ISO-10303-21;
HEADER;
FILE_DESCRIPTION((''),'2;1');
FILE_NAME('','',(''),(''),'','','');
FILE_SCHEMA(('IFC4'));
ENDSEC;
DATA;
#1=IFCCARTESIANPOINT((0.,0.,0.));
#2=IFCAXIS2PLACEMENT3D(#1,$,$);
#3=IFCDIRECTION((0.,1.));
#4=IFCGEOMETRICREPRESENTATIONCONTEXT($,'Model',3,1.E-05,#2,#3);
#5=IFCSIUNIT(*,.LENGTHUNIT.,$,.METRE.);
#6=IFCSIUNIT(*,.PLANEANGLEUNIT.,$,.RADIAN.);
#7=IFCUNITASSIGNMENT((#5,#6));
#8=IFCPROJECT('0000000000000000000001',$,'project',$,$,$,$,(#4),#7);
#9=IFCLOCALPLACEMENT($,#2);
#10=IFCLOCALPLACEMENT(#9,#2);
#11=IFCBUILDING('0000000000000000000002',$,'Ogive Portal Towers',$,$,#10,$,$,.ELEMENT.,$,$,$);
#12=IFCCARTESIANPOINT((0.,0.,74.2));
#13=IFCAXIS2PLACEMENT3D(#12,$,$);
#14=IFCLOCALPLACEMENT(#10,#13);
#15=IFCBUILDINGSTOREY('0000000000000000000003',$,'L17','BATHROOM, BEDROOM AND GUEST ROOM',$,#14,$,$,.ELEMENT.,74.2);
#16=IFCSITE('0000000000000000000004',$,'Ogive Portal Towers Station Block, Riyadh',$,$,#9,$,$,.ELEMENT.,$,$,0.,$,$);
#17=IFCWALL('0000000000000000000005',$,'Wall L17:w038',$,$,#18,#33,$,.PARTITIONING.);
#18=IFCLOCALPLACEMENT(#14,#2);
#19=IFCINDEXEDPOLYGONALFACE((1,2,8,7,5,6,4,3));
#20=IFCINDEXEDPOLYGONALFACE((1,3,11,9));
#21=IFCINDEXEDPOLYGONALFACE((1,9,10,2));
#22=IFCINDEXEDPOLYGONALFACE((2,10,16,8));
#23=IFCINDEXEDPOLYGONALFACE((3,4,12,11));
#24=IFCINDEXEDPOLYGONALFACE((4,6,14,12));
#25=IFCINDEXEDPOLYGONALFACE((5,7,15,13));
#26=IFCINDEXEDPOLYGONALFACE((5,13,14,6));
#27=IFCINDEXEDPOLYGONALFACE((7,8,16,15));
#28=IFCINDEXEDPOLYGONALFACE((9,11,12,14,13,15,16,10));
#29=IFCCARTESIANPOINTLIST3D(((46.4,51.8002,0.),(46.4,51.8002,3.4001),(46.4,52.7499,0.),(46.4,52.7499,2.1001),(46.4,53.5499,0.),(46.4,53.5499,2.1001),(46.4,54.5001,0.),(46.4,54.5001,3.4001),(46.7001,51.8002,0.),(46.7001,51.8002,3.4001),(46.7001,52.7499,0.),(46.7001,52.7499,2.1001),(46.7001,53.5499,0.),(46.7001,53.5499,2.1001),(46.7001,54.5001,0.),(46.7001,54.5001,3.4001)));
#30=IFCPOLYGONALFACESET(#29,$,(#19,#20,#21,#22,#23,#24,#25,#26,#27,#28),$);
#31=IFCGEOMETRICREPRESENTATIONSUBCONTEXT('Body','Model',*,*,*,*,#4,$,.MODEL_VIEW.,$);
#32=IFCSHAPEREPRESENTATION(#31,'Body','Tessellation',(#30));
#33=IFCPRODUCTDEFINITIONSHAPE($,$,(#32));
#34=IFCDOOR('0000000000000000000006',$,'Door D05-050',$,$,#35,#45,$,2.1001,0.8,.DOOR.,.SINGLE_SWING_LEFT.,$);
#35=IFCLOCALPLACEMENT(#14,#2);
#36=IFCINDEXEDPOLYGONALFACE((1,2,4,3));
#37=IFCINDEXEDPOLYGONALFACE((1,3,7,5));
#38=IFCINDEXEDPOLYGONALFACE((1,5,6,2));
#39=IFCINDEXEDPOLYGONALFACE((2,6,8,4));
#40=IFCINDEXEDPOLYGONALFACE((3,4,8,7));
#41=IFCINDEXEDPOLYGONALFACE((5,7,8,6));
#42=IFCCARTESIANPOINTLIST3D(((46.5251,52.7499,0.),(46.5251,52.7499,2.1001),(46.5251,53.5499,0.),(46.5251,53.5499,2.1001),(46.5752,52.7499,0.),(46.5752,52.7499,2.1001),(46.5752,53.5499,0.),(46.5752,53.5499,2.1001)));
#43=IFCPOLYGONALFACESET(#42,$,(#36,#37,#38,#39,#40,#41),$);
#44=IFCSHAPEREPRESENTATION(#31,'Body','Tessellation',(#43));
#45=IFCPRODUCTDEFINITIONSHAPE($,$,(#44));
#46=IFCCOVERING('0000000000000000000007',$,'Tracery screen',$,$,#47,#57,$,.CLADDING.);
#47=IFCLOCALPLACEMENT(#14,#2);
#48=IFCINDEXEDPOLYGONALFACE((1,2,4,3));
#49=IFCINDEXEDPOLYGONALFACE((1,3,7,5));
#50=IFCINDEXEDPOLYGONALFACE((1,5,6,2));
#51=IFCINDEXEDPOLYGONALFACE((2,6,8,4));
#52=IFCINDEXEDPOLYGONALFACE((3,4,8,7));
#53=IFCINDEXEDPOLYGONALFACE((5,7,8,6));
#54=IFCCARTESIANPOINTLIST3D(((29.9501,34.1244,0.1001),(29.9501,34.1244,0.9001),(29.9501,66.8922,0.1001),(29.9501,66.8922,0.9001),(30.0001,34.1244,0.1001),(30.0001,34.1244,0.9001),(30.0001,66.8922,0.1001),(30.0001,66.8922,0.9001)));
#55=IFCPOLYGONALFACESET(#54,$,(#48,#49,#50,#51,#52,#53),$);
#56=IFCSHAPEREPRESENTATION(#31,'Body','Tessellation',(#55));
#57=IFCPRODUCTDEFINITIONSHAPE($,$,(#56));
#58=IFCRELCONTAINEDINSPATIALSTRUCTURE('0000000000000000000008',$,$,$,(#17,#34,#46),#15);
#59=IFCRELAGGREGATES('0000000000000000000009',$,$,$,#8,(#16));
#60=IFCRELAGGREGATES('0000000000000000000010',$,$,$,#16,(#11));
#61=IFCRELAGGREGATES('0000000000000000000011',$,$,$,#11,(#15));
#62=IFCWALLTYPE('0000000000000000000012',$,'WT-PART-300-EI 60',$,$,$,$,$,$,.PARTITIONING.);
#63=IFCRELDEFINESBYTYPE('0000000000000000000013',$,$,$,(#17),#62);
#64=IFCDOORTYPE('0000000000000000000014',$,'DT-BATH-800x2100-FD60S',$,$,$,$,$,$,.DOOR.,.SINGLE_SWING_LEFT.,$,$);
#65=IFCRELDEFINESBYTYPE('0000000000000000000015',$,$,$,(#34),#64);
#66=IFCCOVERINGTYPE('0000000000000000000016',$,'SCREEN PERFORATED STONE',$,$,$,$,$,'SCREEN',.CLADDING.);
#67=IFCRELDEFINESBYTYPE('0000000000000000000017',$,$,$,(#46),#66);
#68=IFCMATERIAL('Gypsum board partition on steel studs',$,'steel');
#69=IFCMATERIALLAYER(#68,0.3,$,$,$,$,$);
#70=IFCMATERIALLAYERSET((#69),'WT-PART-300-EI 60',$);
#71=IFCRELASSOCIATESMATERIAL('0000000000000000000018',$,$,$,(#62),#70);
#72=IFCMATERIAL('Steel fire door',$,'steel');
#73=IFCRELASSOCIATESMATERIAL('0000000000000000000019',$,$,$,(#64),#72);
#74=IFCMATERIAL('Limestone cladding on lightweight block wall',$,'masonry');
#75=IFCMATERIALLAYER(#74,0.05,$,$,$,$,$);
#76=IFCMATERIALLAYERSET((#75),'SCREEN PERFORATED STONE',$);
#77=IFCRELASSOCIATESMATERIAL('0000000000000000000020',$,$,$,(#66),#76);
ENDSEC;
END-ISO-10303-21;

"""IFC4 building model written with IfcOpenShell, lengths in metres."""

from ifc_helpers import new_model, si_unit, direction, frame, frame_2d, origin, origin_2d, place, context, subcontext, project, spatial, rectangle, extrude, material, layer, layer_set, type_object, element, fill, save


model = new_model("IFC4")

# Units and contexts
model_context = context("Model", 3, precision=1e-05, world=origin(), true_north=direction((0.0, 1.0)))
body_context = subcontext(model_context, "Body", "Model", "MODEL_VIEW")
ifc_project = project(units=[si_unit("LENGTHUNIT", "METRE"), si_unit("PLANEANGLEUNIT", "RADIAN")], contexts=[model_context])

# Site, building, storey
site_placement = place(None, origin())
site = spatial("IfcSite", under=ifc_project, at=site_placement, Name="Ogive Portal Towers Station Block, Riyadh", CompositionType="ELEMENT", RefElevation=0.0)
building_placement = place(site_placement, origin())
building = spatial("IfcBuilding", under=site, at=building_placement, Name="Ogive Portal Towers", CompositionType="ELEMENT")
storey_placement = place(building_placement, frame((0.0, 0.0, 74.2)))
storey = spatial("IfcBuildingStorey", under=building, at=storey_placement, Name="L17", Description="BATHROOM, BEDROOM AND GUEST ROOM", CompositionType="ELEMENT", Elevation=74.2)

# Shared definitions
ifc_material_1 = material(Name="Gypsum board partition on steel studs", Category="steel")
ifc_layer_1 = layer(ifc_material_1, 0.3)
ifc_layer_set_1 = layer_set([ifc_layer_1], Name="WT-PART-300-EI 60")
wall_type = type_object("IfcWallType", Name="WT-PART-300-EI 60", PredefinedType="PARTITIONING", material=ifc_layer_set_1)

# Wall, opening, door
ifc_material_2 = material(Name="Steel fire door", Category="steel")
door_type = type_object("IfcDoorType", Name="DT-BATH-800x2100-FD60S", OperationType="SINGLE_SWING_LEFT", PredefinedType="DOOR", material=ifc_material_2)
wall_1_placement = place(storey_placement, frame((46.55, 51.8, 0.0), z_axis=(0.0, 0.0, 1.0), x_axis=(0.0, 1.0, 0.0)))
wall_1 = element("IfcWall", 1, at=wall_1_placement, inside=storey, type_object=wall_type, Name="Wall L17:w038", PredefinedType="PARTITIONING", context=body_context, shape_type="SweptSolid", body=[
    extrude(rectangle(XDim=2.7, YDim=0.3, at=frame_2d((1.3501, 0.0))), origin(), (0.0, 0.0, 1.0), 3.4001),
])
opening_1_placement = place(wall_1_placement, frame((0.95, 0.0, 0.0)))
opening_1 = element("IfcOpeningElement", 2, at=opening_1_placement, cuts=wall_1, PredefinedType="OPENING", context=body_context, shape_type="SweptSolid", body=[
    extrude(rectangle(XDim=0.8, YDim=2.1001, at=frame_2d((0.3999, 1.05))), frame((0.0, 0.1602, 0.0), z_axis=(0.0, -1.0, 0.0), x_axis=(1.0, 0.0, 0.0)), (0.0, 0.0, 1.0), 0.3201),
])
door_1_placement = place(opening_1_placement, origin())
door_1 = element("IfcDoor", 3, at=door_1_placement, inside=storey, type_object=door_type, Name="Door D05-050", OperationType="SINGLE_SWING_LEFT", OverallHeight=2.1001, OverallWidth=0.8, PredefinedType="DOOR", context=body_context, shape_type="SweptSolid", body=[
    extrude(rectangle(XDim=0.8, YDim=2.1001, at=frame_2d((0.3999, 1.05))), frame((0.0, 0.0249, 0.0), z_axis=(0.0, -1.0, 0.0), x_axis=(1.0, 0.0, 0.0)), (0.0, 0.0, 1.0), 0.05),
])
fill(opening_1, door_1)

# Covering
ifc_material_3 = material(Name="Limestone cladding on lightweight block wall", Category="masonry")
ifc_layer_2 = layer(ifc_material_3, 0.05)
ifc_layer_set_2 = layer_set([ifc_layer_2], Name="SCREEN PERFORATED STONE")
covering_type = type_object("IfcCoveringType", Name="SCREEN PERFORATED STONE", ElementType="SCREEN", PredefinedType="CLADDING", material=ifc_layer_set_2)
covering_placement = place(storey_placement, frame((29.9751, 50.5083, 0.1001), z_axis=(0.0, 0.0, 1.0), x_axis=(0.0, -1.0, 0.0)))
element("IfcCovering", 4, at=covering_placement, inside=storey, type_object=covering_type, Name="Tracery screen", PredefinedType="CLADDING", context=body_context, shape_type="SweptSolid", body=[
    extrude(rectangle(XDim=32.7678, YDim=0.05, at=origin_2d()), origin(), (0.0, 0.0, 1.0), 0.8),
])

save(model, "model.ifc")
